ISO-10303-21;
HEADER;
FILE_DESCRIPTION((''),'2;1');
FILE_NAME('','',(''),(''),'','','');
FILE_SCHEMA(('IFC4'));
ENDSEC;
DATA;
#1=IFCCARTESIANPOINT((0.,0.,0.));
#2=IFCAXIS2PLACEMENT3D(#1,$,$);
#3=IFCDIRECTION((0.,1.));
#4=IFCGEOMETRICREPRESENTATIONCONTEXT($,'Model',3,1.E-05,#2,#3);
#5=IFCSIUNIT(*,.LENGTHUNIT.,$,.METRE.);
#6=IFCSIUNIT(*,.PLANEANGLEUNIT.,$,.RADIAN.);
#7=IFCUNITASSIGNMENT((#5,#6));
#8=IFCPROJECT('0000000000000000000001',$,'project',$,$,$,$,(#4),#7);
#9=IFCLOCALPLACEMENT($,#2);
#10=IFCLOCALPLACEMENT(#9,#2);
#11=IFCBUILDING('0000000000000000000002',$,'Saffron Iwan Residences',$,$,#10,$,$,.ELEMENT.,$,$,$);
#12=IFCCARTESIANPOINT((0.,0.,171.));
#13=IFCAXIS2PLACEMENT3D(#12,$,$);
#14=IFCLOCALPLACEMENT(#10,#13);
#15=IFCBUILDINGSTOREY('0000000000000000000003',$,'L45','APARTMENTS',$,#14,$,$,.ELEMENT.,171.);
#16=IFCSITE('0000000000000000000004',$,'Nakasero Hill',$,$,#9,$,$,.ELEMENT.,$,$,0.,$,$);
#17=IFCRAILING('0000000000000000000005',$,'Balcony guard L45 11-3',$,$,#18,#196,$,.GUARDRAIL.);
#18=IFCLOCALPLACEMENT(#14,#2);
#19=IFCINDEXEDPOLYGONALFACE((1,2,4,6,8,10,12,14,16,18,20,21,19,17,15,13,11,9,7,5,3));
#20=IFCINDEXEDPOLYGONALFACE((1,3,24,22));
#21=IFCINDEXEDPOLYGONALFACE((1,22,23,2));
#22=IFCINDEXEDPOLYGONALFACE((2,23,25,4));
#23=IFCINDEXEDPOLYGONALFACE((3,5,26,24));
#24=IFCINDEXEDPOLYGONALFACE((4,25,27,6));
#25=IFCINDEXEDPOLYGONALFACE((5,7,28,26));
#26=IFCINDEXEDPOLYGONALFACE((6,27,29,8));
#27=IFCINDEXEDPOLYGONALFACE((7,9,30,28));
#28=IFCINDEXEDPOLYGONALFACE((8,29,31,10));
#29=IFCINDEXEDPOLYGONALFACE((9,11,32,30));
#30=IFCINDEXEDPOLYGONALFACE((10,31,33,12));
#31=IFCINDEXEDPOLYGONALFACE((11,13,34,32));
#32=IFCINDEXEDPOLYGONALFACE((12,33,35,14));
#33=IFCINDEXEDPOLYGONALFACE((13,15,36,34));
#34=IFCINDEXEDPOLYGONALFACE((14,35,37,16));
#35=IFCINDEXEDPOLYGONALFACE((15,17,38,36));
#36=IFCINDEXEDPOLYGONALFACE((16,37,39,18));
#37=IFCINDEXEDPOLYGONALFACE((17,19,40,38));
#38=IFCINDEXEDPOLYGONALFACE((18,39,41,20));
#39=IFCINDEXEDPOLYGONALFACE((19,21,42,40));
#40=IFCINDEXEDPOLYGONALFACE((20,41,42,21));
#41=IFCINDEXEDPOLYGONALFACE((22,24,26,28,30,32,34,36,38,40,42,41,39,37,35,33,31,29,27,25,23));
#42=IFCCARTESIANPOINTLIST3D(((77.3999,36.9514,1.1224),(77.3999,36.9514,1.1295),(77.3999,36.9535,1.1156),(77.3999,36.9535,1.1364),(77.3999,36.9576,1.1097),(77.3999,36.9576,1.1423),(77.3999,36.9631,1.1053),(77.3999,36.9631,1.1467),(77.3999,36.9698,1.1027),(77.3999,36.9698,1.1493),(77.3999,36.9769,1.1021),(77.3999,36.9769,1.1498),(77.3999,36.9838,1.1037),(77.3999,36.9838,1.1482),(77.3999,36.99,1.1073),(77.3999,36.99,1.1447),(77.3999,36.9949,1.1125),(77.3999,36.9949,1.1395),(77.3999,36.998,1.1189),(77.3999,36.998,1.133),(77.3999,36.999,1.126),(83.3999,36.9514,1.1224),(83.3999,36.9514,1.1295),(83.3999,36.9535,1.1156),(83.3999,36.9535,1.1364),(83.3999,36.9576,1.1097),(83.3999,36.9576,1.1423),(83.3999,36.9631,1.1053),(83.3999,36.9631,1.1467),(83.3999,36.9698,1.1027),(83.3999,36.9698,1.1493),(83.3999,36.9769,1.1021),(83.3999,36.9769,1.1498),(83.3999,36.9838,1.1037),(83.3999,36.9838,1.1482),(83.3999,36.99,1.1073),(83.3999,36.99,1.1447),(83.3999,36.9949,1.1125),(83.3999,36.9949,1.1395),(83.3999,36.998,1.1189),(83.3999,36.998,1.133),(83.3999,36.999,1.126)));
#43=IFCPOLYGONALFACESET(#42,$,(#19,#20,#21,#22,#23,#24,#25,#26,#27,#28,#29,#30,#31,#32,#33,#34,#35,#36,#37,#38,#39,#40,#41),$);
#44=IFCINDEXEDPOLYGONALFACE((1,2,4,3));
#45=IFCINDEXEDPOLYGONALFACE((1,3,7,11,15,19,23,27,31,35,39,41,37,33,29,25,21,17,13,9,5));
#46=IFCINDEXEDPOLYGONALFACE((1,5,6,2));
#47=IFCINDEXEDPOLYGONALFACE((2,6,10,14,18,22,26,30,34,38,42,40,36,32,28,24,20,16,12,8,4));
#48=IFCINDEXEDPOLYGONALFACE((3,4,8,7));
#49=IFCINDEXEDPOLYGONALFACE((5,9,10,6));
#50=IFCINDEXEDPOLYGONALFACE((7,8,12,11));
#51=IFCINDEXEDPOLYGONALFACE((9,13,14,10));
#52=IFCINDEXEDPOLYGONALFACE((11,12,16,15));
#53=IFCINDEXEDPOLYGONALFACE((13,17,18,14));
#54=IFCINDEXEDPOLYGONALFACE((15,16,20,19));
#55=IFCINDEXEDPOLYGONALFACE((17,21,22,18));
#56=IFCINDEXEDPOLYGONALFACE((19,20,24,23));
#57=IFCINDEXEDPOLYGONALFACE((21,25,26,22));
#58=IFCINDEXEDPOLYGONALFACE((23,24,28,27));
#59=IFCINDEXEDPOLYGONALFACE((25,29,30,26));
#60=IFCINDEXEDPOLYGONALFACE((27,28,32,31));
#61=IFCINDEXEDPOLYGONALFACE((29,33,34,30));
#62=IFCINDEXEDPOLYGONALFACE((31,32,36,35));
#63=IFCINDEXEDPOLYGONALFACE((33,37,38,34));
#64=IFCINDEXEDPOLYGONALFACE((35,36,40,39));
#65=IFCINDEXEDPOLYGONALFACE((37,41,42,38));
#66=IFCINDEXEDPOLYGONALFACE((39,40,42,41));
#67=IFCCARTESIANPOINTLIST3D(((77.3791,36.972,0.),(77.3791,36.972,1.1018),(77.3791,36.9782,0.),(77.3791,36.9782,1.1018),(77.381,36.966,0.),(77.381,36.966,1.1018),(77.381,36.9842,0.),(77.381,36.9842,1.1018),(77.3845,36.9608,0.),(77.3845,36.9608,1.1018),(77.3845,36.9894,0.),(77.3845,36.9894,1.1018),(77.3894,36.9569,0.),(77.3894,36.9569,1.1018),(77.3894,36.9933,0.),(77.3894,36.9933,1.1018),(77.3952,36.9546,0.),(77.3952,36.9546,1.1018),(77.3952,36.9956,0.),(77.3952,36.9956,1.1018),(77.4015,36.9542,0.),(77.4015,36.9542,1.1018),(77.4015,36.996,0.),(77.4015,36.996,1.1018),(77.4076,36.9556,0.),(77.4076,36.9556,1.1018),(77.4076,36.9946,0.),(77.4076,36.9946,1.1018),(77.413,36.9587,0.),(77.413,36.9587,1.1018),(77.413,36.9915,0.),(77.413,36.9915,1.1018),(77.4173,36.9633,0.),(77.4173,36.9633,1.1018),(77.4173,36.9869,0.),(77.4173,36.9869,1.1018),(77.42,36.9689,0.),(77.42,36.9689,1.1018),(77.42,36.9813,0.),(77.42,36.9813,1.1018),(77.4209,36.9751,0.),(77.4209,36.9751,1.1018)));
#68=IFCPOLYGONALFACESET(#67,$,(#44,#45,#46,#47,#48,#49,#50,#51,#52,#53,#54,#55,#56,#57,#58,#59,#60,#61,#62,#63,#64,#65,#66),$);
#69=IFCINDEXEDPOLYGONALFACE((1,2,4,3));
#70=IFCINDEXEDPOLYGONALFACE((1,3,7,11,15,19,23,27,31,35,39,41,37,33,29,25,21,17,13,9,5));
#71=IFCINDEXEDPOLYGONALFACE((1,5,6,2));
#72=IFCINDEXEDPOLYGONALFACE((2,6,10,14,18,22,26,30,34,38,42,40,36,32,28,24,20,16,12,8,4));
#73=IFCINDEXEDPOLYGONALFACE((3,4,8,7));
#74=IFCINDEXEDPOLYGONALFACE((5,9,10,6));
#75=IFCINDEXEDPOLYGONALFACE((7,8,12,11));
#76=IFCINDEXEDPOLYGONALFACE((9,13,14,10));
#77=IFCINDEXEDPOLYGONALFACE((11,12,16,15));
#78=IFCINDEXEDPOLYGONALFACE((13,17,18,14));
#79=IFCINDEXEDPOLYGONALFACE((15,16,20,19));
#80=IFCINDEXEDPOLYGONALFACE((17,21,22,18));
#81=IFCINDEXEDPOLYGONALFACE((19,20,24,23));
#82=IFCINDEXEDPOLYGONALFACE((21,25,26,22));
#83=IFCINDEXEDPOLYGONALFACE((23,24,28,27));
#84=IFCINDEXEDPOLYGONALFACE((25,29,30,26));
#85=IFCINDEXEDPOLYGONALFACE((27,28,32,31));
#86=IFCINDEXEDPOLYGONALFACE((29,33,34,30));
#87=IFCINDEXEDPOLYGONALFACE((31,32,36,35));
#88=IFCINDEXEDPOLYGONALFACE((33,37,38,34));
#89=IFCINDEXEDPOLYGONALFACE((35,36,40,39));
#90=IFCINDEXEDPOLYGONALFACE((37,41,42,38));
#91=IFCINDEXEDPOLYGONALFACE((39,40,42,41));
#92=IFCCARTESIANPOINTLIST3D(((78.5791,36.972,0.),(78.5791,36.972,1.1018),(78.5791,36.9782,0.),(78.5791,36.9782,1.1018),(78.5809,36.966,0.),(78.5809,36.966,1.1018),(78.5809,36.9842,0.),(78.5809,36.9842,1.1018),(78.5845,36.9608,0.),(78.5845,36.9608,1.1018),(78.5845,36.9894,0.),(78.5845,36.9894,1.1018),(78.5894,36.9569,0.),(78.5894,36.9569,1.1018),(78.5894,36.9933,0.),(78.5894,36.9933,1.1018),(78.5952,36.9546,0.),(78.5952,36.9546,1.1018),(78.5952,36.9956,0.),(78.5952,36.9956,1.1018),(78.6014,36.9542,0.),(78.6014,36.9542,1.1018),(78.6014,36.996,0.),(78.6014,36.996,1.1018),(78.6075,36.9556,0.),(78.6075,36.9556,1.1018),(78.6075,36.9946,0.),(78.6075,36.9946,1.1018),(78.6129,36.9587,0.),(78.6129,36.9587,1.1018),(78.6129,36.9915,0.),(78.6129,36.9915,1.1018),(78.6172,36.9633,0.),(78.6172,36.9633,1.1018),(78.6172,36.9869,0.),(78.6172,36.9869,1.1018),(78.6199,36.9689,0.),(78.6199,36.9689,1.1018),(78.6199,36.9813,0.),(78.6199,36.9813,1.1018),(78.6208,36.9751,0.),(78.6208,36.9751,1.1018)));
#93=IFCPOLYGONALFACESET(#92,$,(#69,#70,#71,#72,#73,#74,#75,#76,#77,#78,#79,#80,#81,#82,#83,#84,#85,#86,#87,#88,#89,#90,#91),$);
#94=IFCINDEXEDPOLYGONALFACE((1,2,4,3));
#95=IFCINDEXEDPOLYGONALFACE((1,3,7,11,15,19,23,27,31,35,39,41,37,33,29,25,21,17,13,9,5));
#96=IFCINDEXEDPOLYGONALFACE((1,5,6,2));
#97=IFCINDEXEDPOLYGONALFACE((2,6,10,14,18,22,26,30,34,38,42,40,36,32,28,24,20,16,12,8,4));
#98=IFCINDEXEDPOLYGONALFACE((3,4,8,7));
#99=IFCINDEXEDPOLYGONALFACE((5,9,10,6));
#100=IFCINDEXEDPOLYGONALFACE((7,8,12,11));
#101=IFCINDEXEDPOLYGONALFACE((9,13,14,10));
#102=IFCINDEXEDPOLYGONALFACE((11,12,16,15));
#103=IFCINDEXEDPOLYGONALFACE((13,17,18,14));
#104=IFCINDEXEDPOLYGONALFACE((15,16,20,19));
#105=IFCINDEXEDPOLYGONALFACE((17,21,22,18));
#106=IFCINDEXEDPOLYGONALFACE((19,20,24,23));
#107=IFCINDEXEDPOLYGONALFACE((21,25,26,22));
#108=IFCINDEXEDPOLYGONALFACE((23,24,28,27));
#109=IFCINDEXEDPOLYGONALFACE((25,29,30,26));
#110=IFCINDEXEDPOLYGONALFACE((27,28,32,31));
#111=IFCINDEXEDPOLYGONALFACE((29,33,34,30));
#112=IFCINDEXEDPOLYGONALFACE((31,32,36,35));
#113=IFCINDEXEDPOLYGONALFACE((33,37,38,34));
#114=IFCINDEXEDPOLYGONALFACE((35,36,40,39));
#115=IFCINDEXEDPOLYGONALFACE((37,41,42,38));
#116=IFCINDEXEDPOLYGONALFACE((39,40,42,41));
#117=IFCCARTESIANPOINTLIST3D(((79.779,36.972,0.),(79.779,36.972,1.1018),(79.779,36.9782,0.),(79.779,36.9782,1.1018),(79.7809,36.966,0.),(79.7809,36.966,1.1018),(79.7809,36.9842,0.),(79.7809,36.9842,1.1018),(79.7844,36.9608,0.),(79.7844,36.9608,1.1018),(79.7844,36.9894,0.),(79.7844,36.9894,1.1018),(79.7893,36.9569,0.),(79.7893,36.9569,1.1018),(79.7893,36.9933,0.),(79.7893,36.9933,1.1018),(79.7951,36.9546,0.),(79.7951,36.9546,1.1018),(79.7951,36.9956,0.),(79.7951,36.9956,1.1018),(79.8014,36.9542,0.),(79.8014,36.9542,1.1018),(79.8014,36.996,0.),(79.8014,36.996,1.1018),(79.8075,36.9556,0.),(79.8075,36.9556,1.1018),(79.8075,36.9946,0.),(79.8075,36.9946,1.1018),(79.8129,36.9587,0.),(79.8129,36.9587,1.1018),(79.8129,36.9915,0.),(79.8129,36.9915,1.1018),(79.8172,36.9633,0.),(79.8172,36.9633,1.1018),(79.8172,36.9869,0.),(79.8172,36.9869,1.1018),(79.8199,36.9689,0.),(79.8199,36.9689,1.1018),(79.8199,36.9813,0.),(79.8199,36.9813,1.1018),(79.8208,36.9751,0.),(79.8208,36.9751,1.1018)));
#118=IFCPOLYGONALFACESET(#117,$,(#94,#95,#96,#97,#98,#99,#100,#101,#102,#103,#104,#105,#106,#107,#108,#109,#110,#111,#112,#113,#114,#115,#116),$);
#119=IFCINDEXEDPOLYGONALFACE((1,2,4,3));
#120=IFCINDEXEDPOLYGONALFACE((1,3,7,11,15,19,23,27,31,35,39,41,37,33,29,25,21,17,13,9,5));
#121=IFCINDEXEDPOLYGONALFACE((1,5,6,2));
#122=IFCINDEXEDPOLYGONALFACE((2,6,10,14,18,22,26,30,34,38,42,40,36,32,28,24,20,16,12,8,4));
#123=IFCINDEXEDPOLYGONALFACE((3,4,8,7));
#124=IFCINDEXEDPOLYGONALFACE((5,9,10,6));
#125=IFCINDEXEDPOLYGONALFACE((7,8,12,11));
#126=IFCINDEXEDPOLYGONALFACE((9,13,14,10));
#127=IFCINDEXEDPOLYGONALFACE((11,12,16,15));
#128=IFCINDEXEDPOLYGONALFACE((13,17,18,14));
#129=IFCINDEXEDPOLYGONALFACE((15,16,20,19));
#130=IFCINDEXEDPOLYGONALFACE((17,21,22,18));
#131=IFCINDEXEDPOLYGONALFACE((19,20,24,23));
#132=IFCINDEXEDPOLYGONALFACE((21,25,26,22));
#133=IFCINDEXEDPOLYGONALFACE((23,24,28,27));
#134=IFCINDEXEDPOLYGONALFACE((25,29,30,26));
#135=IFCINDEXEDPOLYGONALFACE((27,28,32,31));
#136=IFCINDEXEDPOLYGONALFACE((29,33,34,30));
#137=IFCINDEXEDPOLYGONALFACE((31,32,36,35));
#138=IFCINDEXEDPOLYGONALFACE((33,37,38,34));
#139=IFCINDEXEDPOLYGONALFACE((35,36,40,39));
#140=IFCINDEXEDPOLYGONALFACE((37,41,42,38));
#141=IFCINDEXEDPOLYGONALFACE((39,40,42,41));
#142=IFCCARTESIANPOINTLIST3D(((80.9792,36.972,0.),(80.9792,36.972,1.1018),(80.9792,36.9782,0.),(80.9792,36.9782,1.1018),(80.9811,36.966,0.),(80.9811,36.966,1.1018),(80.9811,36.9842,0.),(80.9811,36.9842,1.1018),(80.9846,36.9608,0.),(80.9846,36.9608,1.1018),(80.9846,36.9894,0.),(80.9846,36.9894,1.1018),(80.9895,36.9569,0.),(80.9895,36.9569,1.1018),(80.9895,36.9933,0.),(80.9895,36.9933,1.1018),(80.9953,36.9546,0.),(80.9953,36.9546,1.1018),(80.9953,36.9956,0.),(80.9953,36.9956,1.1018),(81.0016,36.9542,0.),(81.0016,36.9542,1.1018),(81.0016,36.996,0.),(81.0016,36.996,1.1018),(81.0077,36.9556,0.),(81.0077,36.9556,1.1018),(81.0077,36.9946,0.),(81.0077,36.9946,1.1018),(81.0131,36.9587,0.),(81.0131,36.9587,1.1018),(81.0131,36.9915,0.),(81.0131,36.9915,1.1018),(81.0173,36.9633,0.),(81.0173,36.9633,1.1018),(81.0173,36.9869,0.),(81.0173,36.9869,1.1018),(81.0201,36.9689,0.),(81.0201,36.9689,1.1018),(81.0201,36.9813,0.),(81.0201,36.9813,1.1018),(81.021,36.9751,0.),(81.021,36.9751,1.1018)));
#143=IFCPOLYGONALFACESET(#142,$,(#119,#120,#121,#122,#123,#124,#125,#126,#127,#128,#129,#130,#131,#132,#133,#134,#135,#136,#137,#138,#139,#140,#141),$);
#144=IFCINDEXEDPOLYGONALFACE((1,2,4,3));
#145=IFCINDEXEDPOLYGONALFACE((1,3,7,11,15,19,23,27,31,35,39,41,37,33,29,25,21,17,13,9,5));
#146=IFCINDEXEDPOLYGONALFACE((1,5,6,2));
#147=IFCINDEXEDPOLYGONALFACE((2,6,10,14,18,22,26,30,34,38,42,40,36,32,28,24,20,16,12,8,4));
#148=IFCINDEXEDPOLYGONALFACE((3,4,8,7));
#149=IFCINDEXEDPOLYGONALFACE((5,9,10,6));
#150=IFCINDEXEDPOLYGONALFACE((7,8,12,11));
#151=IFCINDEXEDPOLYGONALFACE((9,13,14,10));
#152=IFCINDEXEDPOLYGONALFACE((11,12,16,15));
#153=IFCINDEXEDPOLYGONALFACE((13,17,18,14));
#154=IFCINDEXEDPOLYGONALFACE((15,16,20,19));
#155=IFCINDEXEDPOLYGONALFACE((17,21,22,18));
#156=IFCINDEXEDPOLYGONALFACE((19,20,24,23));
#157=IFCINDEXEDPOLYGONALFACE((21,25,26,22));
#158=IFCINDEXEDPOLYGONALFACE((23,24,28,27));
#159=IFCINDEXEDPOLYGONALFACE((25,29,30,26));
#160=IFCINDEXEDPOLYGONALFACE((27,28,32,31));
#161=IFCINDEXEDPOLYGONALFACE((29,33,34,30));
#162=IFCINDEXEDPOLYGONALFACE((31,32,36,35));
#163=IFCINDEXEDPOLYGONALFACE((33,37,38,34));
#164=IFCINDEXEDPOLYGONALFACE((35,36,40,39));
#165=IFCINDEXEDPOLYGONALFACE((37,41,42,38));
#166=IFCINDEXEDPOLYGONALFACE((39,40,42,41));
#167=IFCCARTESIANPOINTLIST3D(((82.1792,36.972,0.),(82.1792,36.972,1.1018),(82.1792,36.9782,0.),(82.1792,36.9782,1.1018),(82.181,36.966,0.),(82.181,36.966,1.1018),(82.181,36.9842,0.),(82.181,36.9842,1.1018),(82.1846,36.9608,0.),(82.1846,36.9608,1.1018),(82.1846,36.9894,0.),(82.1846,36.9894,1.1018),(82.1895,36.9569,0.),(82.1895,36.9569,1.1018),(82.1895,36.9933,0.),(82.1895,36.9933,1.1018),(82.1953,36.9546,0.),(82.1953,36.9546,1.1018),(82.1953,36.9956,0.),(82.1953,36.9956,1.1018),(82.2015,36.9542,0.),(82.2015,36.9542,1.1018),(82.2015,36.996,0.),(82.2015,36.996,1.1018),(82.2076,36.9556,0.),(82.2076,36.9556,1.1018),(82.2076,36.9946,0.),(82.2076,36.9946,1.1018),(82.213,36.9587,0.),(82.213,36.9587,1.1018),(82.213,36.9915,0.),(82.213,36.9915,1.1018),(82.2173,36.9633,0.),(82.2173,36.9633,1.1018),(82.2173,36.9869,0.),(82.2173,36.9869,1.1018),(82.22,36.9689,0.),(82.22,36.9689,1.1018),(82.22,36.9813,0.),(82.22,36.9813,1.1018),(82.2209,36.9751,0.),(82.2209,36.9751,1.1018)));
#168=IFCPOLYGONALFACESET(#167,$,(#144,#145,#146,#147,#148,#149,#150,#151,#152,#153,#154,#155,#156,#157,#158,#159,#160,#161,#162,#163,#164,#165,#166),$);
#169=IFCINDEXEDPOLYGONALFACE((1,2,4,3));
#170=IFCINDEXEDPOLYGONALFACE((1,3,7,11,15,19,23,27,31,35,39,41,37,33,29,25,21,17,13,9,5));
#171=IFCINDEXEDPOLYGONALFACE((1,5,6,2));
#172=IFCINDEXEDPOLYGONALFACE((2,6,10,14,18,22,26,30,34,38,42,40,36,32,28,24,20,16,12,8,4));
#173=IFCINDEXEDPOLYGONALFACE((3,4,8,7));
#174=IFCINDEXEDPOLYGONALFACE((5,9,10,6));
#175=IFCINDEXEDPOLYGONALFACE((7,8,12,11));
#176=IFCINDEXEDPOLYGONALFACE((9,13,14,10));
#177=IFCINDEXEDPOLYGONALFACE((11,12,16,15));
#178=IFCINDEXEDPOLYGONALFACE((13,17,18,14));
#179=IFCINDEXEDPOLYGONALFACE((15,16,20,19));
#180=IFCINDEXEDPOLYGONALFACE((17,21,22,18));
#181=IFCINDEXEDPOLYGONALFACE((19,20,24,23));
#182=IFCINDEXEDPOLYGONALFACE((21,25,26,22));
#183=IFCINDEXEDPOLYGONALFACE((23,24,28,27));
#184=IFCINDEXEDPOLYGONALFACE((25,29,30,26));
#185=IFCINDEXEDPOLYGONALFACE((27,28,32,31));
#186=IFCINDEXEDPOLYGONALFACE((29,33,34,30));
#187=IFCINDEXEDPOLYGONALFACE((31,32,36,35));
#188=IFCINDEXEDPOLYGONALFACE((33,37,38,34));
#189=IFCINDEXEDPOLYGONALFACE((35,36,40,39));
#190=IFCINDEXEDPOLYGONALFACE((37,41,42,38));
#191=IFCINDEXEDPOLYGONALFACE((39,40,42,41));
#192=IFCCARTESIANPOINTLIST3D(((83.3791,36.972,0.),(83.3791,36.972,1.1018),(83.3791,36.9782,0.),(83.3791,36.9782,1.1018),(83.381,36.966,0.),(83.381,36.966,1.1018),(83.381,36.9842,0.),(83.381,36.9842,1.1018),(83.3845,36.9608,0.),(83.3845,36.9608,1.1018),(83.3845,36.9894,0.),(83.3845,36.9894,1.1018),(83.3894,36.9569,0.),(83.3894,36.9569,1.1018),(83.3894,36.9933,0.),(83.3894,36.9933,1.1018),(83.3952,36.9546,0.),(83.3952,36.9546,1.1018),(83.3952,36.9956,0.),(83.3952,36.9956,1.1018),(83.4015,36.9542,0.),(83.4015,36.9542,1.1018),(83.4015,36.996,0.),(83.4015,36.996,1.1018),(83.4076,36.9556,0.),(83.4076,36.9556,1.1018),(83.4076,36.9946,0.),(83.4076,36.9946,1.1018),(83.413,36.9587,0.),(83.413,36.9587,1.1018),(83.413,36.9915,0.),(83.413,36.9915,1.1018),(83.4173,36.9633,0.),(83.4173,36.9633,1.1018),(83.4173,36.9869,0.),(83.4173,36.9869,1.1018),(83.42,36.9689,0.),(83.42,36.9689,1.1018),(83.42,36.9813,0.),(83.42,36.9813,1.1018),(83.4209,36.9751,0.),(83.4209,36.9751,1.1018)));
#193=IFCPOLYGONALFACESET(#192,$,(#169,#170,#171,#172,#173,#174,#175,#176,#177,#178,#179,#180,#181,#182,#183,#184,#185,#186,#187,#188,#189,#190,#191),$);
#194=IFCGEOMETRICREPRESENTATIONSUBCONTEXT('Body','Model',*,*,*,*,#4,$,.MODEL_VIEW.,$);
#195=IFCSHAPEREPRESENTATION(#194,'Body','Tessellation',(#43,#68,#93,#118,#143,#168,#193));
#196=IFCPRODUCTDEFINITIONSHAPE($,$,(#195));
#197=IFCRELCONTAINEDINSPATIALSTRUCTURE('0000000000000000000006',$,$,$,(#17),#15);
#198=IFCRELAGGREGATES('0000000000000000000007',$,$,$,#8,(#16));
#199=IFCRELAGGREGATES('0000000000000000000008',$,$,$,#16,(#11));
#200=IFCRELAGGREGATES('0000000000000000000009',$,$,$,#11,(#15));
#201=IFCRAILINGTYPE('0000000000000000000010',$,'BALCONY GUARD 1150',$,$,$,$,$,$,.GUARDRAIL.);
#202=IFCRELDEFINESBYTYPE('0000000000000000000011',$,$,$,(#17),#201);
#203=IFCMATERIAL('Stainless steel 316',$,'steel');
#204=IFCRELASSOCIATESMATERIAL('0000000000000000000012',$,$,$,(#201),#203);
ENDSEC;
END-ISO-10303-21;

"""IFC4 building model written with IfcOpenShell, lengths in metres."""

from ifc_helpers import new_model, si_unit, direction, frame, origin, origin_2d, place, context, subcontext, project, spatial, circle, extrude, material, type_object, element, save


model = new_model("IFC4")

# Units and contexts
model_context = context("Model", 3, precision=1e-05, world=origin(), true_north=direction((0.0, 1.0)))
body_context = subcontext(model_context, "Body", "Model", "MODEL_VIEW")
ifc_project = project(units=[si_unit("LENGTHUNIT", "METRE"), si_unit("PLANEANGLEUNIT", "RADIAN")], contexts=[model_context])

# Site, building, storey
site_placement = place(None, origin())
site = spatial("IfcSite", under=ifc_project, at=site_placement, Name="Nakasero Hill", CompositionType="ELEMENT", RefElevation=0.0)
building_placement = place(site_placement, origin())
building = spatial("IfcBuilding", under=site, at=building_placement, Name="Saffron Iwan Residences", CompositionType="ELEMENT")
storey_placement = place(building_placement, frame((0.0, 0.0, 171.0)))
storey = spatial("IfcBuildingStorey", under=building, at=storey_placement, Name="L45", Description="APARTMENTS", CompositionType="ELEMENT", Elevation=171.0)

# Railing
ifc_material_1 = material(Name="Stainless steel 316", Category="steel")
railing_type = type_object("IfcRailingType", Name="BALCONY GUARD 1150", PredefinedType="GUARDRAIL", material=ifc_material_1)
railing_placement = place(storey_placement, frame((77.3999, 36.9751, 0.0)))
element("IfcRailing", 1, at=railing_placement, inside=storey, type_object=railing_type, Name="Balcony guard L45 11-3", PredefinedType="GUARDRAIL", context=body_context, shape_type="SweptSolid", body=[
    extrude(circle(Radius=0.0239, at=origin_2d()), frame((0.0, 0.0, 1.126), z_axis=(1.0, 0.0, 0.0), x_axis=(0.0, 1.0, 0.0)), (0.0, 0.0, 1.0), 6.0),
    extrude(circle(Radius=0.021, at=origin_2d()), origin(), (0.0, 0.0, 1.0), 1.1018),
    extrude(circle(Radius=0.021, at=origin_2d()), frame((1.2, 0.0, 0.0)), (0.0, 0.0, 1.0), 1.1018),
    extrude(circle(Radius=0.021, at=origin_2d()), frame((2.3999, 0.0, 0.0)), (0.0, 0.0, 1.0), 1.1018),
    extrude(circle(Radius=0.021, at=origin_2d()), frame((3.6001, 0.0, 0.0)), (0.0, 0.0, 1.0), 1.1018),
    extrude(circle(Radius=0.021, at=origin_2d()), frame((4.8, 0.0, 0.0)), (0.0, 0.0, 1.0), 1.1018),
    extrude(circle(Radius=0.021, at=origin_2d()), frame((6.0, 0.0, 0.0)), (0.0, 0.0, 1.0), 1.1018),
])

save(model, "model.ifc")
